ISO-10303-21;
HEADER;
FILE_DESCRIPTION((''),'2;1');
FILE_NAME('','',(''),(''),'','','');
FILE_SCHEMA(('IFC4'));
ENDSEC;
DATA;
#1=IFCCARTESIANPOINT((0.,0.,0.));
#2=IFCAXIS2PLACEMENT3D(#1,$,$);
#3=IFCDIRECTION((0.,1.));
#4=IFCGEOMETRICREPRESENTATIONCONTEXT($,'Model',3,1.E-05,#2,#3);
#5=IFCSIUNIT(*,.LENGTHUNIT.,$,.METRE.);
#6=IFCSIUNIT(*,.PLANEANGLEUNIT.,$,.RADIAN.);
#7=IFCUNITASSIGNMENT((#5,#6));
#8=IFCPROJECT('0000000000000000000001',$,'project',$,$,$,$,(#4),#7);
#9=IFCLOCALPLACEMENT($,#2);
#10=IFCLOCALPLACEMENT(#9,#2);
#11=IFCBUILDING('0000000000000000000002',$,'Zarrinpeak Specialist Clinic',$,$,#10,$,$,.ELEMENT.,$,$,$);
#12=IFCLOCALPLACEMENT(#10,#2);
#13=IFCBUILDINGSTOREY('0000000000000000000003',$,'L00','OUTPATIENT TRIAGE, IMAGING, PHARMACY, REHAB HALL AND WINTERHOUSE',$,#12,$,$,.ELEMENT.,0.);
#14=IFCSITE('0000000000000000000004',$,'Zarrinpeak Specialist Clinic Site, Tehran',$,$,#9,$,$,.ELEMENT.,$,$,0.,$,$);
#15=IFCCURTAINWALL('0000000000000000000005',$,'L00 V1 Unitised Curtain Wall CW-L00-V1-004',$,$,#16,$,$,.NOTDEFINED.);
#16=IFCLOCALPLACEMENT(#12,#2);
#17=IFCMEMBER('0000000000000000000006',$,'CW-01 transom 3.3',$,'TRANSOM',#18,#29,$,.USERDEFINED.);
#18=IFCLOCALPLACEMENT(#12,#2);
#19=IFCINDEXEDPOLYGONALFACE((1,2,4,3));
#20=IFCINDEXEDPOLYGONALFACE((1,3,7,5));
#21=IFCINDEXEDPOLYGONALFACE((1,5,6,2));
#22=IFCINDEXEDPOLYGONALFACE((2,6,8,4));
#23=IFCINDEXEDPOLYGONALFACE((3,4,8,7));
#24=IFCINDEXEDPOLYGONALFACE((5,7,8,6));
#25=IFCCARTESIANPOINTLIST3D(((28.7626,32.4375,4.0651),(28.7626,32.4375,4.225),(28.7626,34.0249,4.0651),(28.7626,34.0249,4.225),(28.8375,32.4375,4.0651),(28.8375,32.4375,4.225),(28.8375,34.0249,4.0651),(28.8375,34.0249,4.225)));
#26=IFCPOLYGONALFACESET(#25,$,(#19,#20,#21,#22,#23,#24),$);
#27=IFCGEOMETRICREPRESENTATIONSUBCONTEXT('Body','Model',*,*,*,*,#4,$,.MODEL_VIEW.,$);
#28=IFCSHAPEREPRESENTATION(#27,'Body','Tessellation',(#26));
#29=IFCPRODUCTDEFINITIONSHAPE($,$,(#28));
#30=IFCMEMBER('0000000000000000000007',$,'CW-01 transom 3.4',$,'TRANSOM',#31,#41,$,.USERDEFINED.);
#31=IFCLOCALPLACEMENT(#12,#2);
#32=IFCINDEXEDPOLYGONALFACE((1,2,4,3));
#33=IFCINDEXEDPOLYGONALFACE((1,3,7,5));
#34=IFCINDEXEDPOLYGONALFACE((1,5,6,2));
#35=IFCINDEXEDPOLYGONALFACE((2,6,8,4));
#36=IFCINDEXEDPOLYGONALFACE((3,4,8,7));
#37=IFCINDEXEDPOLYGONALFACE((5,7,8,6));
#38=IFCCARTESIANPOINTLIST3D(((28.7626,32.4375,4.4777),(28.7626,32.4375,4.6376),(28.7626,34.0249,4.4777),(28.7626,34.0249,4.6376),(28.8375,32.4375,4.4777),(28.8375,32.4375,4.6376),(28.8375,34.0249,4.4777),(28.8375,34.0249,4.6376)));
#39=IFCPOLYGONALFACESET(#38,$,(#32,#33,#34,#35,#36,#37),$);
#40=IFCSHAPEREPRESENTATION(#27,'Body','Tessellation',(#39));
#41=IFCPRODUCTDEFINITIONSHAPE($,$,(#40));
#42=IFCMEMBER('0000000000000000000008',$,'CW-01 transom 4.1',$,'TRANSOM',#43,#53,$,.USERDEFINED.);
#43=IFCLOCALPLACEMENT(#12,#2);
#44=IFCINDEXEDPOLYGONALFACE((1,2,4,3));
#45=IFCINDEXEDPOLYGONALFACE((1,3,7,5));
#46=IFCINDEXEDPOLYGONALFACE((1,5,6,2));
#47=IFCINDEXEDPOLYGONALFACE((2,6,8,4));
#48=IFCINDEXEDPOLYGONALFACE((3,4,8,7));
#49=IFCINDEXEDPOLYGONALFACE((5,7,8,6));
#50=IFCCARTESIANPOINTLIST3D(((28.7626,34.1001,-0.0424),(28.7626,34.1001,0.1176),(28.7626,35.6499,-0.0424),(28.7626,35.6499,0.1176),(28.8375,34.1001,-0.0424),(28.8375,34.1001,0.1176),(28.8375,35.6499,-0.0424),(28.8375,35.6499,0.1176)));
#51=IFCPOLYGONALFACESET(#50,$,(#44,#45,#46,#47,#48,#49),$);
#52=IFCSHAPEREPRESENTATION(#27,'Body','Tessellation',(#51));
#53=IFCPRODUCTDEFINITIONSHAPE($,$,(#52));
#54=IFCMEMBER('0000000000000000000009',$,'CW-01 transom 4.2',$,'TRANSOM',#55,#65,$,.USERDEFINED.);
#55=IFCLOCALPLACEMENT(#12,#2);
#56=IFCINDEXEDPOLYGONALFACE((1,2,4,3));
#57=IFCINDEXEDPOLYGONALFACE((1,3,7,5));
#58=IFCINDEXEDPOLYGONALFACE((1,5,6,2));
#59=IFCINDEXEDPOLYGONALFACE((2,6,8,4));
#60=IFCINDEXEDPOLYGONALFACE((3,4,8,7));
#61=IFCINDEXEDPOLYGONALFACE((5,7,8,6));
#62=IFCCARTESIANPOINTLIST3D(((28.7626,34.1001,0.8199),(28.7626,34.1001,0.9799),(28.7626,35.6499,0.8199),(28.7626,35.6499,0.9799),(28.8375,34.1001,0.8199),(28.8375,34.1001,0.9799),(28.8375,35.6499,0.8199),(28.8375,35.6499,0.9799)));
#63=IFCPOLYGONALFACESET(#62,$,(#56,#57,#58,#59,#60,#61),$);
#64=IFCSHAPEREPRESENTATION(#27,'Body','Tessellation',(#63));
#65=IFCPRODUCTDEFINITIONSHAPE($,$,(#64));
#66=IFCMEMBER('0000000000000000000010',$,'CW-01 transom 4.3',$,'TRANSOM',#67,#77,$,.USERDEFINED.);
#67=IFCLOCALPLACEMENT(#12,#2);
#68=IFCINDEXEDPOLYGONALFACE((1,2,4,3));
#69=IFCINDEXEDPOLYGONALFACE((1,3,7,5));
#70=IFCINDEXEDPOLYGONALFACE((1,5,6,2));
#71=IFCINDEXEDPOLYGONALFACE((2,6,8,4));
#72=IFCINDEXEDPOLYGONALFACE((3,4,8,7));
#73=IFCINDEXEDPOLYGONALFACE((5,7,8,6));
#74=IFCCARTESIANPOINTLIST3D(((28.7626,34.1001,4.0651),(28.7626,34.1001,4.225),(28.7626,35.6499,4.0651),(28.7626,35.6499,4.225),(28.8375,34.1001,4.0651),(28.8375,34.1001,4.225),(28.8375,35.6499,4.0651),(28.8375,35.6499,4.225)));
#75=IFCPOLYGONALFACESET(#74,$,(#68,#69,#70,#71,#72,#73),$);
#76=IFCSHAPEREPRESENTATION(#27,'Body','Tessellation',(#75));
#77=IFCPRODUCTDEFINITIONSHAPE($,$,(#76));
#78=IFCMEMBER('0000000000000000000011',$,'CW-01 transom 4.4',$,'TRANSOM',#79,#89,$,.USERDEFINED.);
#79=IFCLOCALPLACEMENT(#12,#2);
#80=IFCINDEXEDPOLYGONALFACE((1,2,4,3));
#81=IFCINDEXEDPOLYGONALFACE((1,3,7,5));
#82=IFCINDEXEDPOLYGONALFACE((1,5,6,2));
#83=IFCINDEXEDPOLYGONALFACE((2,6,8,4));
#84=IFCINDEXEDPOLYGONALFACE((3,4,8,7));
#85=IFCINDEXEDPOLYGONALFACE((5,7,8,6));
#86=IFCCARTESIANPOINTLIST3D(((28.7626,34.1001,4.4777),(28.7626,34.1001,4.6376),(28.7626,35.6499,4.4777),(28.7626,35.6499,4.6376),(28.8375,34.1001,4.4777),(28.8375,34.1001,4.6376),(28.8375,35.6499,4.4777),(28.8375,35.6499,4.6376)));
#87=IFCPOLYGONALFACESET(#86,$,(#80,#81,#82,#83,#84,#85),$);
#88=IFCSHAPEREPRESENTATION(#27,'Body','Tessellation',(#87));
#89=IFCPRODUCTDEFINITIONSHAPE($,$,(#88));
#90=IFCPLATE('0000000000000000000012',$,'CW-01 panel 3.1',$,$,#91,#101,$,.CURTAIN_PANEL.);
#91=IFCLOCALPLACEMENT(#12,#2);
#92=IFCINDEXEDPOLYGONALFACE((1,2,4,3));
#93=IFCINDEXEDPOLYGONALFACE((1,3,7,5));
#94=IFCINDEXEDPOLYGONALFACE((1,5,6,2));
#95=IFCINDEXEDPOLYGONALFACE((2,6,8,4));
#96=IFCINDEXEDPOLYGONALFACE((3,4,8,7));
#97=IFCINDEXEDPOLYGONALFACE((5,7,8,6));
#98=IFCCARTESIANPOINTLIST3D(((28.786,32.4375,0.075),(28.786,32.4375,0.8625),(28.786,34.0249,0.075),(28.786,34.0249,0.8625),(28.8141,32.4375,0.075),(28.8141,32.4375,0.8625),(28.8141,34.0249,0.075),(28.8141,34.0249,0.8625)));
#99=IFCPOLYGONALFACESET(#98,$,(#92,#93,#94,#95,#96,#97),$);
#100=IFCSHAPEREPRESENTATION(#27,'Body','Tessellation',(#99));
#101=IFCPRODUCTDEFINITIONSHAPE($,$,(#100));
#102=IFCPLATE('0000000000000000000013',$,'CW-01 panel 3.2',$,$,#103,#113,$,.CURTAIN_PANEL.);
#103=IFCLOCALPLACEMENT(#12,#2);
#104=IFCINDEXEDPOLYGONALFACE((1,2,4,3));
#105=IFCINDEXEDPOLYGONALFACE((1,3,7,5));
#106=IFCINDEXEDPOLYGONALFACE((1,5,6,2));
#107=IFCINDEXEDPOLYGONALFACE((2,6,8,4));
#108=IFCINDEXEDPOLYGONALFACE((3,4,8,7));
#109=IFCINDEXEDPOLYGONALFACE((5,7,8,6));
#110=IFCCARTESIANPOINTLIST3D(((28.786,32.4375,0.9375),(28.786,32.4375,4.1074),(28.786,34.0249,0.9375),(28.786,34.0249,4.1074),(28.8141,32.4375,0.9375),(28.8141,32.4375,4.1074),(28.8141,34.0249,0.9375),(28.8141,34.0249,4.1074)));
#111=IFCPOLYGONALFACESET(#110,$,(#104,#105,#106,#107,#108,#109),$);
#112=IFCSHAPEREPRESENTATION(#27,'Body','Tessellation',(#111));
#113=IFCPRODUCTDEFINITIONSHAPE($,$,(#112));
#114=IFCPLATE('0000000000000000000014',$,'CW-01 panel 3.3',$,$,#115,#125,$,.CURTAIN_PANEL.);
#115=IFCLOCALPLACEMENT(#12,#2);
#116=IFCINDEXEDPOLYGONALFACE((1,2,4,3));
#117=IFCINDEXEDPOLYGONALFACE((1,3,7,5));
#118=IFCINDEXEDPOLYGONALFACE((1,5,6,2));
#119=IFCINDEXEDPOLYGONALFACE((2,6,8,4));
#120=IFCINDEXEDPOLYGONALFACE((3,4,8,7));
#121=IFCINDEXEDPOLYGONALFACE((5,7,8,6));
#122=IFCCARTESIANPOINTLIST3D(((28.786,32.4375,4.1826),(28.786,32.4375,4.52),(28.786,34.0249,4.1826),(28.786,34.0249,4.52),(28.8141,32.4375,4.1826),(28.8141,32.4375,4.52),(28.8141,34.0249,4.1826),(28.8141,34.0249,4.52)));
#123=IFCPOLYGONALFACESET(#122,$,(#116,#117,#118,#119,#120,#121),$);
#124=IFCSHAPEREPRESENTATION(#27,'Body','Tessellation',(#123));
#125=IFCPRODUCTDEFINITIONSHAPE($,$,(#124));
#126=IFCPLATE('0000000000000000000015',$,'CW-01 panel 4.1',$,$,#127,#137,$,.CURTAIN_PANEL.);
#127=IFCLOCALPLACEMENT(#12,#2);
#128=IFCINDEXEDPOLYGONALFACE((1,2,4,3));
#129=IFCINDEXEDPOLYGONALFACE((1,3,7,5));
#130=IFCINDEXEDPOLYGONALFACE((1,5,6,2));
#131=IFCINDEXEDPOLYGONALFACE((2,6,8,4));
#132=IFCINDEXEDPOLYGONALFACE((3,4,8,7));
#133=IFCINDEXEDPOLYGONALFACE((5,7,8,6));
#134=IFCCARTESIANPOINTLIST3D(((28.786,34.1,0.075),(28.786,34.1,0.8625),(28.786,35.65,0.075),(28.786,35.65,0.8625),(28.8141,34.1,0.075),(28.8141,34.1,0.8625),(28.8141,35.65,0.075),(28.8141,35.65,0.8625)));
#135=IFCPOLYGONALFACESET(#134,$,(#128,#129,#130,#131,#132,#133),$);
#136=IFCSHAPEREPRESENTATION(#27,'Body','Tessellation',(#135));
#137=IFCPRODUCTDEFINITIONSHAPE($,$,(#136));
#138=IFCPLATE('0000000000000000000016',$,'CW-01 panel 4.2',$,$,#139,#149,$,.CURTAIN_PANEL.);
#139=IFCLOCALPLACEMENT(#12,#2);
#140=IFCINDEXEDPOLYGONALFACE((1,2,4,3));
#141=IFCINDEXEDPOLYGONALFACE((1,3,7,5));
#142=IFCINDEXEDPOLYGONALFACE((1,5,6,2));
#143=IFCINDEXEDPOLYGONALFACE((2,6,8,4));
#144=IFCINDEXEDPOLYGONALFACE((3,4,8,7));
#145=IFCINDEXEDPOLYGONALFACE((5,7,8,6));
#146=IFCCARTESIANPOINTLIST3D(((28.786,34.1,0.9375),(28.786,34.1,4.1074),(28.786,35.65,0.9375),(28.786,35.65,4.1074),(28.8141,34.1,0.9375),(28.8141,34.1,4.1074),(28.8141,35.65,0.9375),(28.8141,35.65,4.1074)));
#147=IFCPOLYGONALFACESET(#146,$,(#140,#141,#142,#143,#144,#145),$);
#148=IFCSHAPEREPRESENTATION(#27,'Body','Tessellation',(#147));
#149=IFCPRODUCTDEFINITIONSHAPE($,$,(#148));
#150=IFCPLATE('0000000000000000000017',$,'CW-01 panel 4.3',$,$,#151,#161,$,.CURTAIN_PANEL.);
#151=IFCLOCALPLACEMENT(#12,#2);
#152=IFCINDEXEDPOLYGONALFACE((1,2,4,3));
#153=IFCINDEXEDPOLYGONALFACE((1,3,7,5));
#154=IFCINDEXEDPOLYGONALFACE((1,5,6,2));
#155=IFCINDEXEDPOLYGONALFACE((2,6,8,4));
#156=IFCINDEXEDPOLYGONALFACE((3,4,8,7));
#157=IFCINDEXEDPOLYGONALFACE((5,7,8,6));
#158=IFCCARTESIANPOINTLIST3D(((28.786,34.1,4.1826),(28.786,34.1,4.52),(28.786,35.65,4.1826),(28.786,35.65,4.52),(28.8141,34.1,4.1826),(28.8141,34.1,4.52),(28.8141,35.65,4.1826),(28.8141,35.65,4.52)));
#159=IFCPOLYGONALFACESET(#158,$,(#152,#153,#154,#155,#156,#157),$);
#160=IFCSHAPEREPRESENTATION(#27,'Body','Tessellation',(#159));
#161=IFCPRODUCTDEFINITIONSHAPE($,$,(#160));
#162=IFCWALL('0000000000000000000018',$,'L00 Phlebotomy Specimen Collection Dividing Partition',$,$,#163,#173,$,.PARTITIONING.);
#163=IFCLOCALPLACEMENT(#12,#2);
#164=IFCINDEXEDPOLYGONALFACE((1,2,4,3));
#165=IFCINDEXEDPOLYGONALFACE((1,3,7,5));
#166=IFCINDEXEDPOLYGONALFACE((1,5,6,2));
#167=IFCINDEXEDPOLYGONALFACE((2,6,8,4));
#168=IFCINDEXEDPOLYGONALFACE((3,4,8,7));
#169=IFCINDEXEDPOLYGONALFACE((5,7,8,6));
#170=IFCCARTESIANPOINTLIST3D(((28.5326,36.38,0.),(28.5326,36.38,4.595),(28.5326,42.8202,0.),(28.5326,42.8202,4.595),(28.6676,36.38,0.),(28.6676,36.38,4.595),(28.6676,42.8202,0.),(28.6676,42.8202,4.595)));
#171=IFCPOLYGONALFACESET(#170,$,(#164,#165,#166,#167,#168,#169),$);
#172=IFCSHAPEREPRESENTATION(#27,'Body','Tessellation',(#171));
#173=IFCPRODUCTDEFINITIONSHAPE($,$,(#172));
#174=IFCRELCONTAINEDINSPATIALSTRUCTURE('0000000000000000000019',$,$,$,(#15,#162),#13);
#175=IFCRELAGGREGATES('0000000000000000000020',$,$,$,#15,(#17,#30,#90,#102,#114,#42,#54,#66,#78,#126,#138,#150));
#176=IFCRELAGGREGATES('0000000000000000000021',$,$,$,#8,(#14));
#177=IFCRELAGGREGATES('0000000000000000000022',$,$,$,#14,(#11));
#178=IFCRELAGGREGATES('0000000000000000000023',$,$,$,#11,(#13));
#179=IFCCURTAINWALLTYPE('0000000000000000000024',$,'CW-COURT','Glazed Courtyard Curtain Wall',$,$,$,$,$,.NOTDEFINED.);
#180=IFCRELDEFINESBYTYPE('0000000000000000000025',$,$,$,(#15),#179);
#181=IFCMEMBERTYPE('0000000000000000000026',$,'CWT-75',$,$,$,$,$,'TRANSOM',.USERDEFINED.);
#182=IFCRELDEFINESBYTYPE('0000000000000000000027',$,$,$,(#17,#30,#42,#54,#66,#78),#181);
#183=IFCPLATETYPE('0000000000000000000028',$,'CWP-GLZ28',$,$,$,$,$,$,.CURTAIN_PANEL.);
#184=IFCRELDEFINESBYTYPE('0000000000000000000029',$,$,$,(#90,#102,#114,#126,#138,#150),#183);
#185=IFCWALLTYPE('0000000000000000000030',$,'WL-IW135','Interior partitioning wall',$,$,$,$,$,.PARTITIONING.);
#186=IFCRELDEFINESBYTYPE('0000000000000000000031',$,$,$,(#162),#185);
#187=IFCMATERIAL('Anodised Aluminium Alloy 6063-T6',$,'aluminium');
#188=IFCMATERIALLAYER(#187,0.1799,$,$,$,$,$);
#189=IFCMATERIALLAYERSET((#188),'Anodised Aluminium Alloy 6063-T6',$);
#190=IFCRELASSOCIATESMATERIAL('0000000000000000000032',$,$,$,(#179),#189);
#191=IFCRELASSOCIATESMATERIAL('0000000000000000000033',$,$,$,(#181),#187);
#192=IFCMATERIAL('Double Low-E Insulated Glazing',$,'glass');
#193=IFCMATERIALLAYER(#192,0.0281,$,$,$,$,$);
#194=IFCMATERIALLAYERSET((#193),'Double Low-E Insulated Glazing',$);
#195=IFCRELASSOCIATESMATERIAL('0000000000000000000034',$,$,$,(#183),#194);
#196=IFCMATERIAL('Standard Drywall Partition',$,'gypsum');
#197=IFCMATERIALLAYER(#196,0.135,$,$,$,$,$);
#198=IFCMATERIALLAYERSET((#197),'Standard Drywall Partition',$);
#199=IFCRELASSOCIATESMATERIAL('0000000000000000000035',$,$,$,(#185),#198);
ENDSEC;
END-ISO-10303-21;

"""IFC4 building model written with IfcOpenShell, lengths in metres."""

from ifc_helpers import new_model, si_unit, direction, frame, frame_2d, origin, origin_2d, place, context, subcontext, project, spatial, rectangle, extrude, material, layer, layer_set, material_profile, profile_set, type_object, element, aggregate, save


model = new_model("IFC4")

# Units and contexts
model_context = context("Model", 3, precision=1e-05, world=origin(), true_north=direction((0.0, 1.0)))
body_context = subcontext(model_context, "Body", "Model", "MODEL_VIEW")
ifc_project = project(units=[si_unit("LENGTHUNIT", "METRE"), si_unit("PLANEANGLEUNIT", "RADIAN")], contexts=[model_context])

# Site, building, storey
site_placement = place(None, origin())
site = spatial("IfcSite", under=ifc_project, at=site_placement, Name="Zarrinpeak Specialist Clinic Site, Tehran", CompositionType="ELEMENT", RefElevation=0.0)
building_placement = place(site_placement, origin())
building = spatial("IfcBuilding", under=site, at=building_placement, Name="Zarrinpeak Specialist Clinic", CompositionType="ELEMENT")
storey_placement = place(building_placement, origin())
storey = spatial("IfcBuildingStorey", under=building, at=storey_placement, Name="L00", Description="OUTPATIENT TRIAGE, IMAGING, PHARMACY, REHAB HALL AND WINTERHOUSE", CompositionType="ELEMENT", Elevation=0.0)

# Curtain wall, members, plates
ifc_material_1 = material(Name="Anodised Aluminium Alloy 6063-T6", Category="aluminium")
ifc_layer_1 = layer(ifc_material_1, 0.1799)
ifc_layer_set_1 = layer_set([ifc_layer_1], Name="Anodised Aluminium Alloy 6063-T6")
curtain_wall_type = type_object("IfcCurtainWallType", Name="CW-COURT", Description="Glazed Courtyard Curtain Wall", PredefinedType="NOTDEFINED", material=ifc_layer_set_1)
curtain_wall_placement = place(storey_placement, origin())
curtain_wall = element("IfcCurtainWall", 1, at=curtain_wall_placement, inside=storey, type_object=curtain_wall_type, Name="L00 V1 Unitised Curtain Wall CW-L00-V1-004", PredefinedType="NOTDEFINED")
ifc_material_profile_1 = material_profile(ifc_material_1, rectangle(XDim=0.075, YDim=0.1599, at=origin_2d()), Name="ALU 75x160")
ifc_profile_set_1 = profile_set([ifc_material_profile_1], Name="Anodised Aluminium Alloy 6063-T6")
member_type_1 = type_object("IfcMemberType", Name="CWT-75", ElementType="TRANSOM", PredefinedType="USERDEFINED", material=ifc_profile_set_1)
member_1_placement = place(storey_placement, frame((28.8, 32.4375, 4.145), z_axis=(0.0, 1.0, 0.0), x_axis=(-1.0, 0.0, 0.0)))
member_1 = element("IfcMember", 2, at=member_1_placement, type_object=member_type_1, Name="CW-01 transom 3.3", ObjectType="TRANSOM", PredefinedType="USERDEFINED", context=body_context, shape_type="SweptSolid", body=[
    extrude(rectangle(XDim=0.075, YDim=0.1599, at=origin_2d()), origin(), (0.0, 0.0, 1.0), 1.5874),
])
member_2_placement = place(storey_placement, frame((28.8, 32.4375, 4.5576), z_axis=(0.0, 1.0, 0.0), x_axis=(-1.0, 0.0, 0.0)))
member_2 = element("IfcMember", 3, at=member_2_placement, type_object=member_type_1, Name="CW-01 transom 3.4", ObjectType="TRANSOM", PredefinedType="USERDEFINED", context=body_context, shape_type="SweptSolid", body=[
    extrude(rectangle(XDim=0.075, YDim=0.1599, at=origin_2d()), origin(), (0.0, 0.0, 1.0), 1.5874),
])
member_3_placement = place(storey_placement, frame((28.8, 34.1001, 0.0376), z_axis=(0.0, 1.0, 0.0), x_axis=(-1.0, 0.0, 0.0)))
member_3 = element("IfcMember", 4, at=member_3_placement, type_object=member_type_1, Name="CW-01 transom 4.1", ObjectType="TRANSOM", PredefinedType="USERDEFINED", context=body_context, shape_type="SweptSolid", body=[
    extrude(rectangle(XDim=0.075, YDim=0.1599, at=origin_2d()), origin(), (0.0, 0.0, 1.0), 1.5498),
])
member_4_placement = place(storey_placement, frame((28.8, 34.1001, 0.8999), z_axis=(0.0, 1.0, 0.0), x_axis=(-1.0, 0.0, 0.0)))
member_4 = element("IfcMember", 5, at=member_4_placement, type_object=member_type_1, Name="CW-01 transom 4.2", ObjectType="TRANSOM", PredefinedType="USERDEFINED", context=body_context, shape_type="SweptSolid", body=[
    extrude(rectangle(XDim=0.075, YDim=0.1599, at=origin_2d()), origin(), (0.0, 0.0, 1.0), 1.5498),
])
member_5_placement = place(storey_placement, frame((28.8, 34.1001, 4.145), z_axis=(0.0, 1.0, 0.0), x_axis=(-1.0, 0.0, 0.0)))
member_5 = element("IfcMember", 6, at=member_5_placement, type_object=member_type_1, Name="CW-01 transom 4.3", ObjectType="TRANSOM", PredefinedType="USERDEFINED", context=body_context, shape_type="SweptSolid", body=[
    extrude(rectangle(XDim=0.075, YDim=0.1599, at=origin_2d()), origin(), (0.0, 0.0, 1.0), 1.5498),
])
member_6_placement = place(storey_placement, frame((28.8, 34.1001, 4.5576), z_axis=(0.0, 1.0, 0.0), x_axis=(-1.0, 0.0, 0.0)))
member_6 = element("IfcMember", 7, at=member_6_placement, type_object=member_type_1, Name="CW-01 transom 4.4", ObjectType="TRANSOM", PredefinedType="USERDEFINED", context=body_context, shape_type="SweptSolid", body=[
    extrude(rectangle(XDim=0.075, YDim=0.1599, at=origin_2d()), origin(), (0.0, 0.0, 1.0), 1.5498),
])
ifc_material_2 = material(Name="Double Low-E Insulated Glazing", Category="glass")
ifc_layer_2 = layer(ifc_material_2, 0.0281)
ifc_layer_set_2 = layer_set([ifc_layer_2], Name="Double Low-E Insulated Glazing")
plate_type = type_object("IfcPlateType", Name="CWP-GLZ28", PredefinedType="CURTAIN_PANEL", material=ifc_layer_set_2)
plate_1_placement = place(storey_placement, frame((28.8, 33.2312, 0.075), z_axis=(0.0, 0.0, 1.0), x_axis=(0.0, 1.0, 0.0)))
plate_1 = element("IfcPlate", 8, at=plate_1_placement, type_object=plate_type, Name="CW-01 panel 3.1", PredefinedType="CURTAIN_PANEL", context=body_context, shape_type="SweptSolid", body=[
    extrude(rectangle(XDim=1.5874, YDim=0.0281, at=origin_2d()), origin(), (0.0, 0.0, 1.0), 0.7876),
])
plate_2_placement = place(storey_placement, frame((28.8, 33.2312, 0.9375), z_axis=(0.0, 0.0, 1.0), x_axis=(0.0, 1.0, 0.0)))
plate_2 = element("IfcPlate", 9, at=plate_2_placement, type_object=plate_type, Name="CW-01 panel 3.2", PredefinedType="CURTAIN_PANEL", context=body_context, shape_type="SweptSolid", body=[
    extrude(rectangle(XDim=1.5874, YDim=0.0281, at=origin_2d()), origin(), (0.0, 0.0, 1.0), 3.1699),
])
plate_3_placement = place(storey_placement, frame((28.8, 33.2312, 4.1826), z_axis=(0.0, 0.0, 1.0), x_axis=(0.0, 1.0, 0.0)))
plate_3 = element("IfcPlate", 10, at=plate_3_placement, type_object=plate_type, Name="CW-01 panel 3.3", PredefinedType="CURTAIN_PANEL", context=body_context, shape_type="SweptSolid", body=[
    extrude(rectangle(XDim=1.5874, YDim=0.0281, at=origin_2d()), origin(), (0.0, 0.0, 1.0), 0.3374),
])
plate_4_placement = place(storey_placement, frame((28.8, 34.875, 0.075), z_axis=(0.0, 0.0, 1.0), x_axis=(0.0, 1.0, 0.0)))
plate_4 = element("IfcPlate", 11, at=plate_4_placement, type_object=plate_type, Name="CW-01 panel 4.1", PredefinedType="CURTAIN_PANEL", context=body_context, shape_type="SweptSolid", body=[
    extrude(rectangle(XDim=1.55, YDim=0.0281, at=origin_2d()), origin(), (0.0, 0.0, 1.0), 0.7876),
])
plate_5_placement = place(storey_placement, frame((28.8, 34.875, 0.9375), z_axis=(0.0, 0.0, 1.0), x_axis=(0.0, 1.0, 0.0)))
plate_5 = element("IfcPlate", 12, at=plate_5_placement, type_object=plate_type, Name="CW-01 panel 4.2", PredefinedType="CURTAIN_PANEL", context=body_context, shape_type="SweptSolid", body=[
    extrude(rectangle(XDim=1.55, YDim=0.0281, at=origin_2d()), origin(), (0.0, 0.0, 1.0), 3.1699),
])
plate_6_placement = place(storey_placement, frame((28.8, 34.875, 4.1826), z_axis=(0.0, 0.0, 1.0), x_axis=(0.0, 1.0, 0.0)))
plate_6 = element("IfcPlate", 13, at=plate_6_placement, type_object=plate_type, Name="CW-01 panel 4.3", PredefinedType="CURTAIN_PANEL", context=body_context, shape_type="SweptSolid", body=[
    extrude(rectangle(XDim=1.55, YDim=0.0281, at=origin_2d()), origin(), (0.0, 0.0, 1.0), 0.3374),
])
aggregate(curtain_wall, [member_1, member_2, plate_1, plate_2, plate_3, member_3, member_4, member_5, member_6, plate_4, plate_5, plate_6])

# Wall
ifc_material_3 = material(Name="Standard Drywall Partition", Category="gypsum")
ifc_layer_3 = layer(ifc_material_3, 0.135)
ifc_layer_set_3 = layer_set([ifc_layer_3], Name="Standard Drywall Partition")
wall_type = type_object("IfcWallType", Name="WL-IW135", Description="Interior partitioning wall", PredefinedType="PARTITIONING", material=ifc_layer_set_3)
wall_placement = place(storey_placement, frame((28.6001, 36.3799, 0.0), z_axis=(0.0, 0.0, 1.0), x_axis=(0.0, 1.0, 0.0)))
element("IfcWall", 14, at=wall_placement, inside=storey, type_object=wall_type, Name="L00 Phlebotomy Specimen Collection Dividing Partition", PredefinedType="PARTITIONING", context=body_context, shape_type="SweptSolid", body=[
    extrude(rectangle(XDim=6.4402, YDim=0.135, at=frame_2d((3.2202, 0.0))), origin(), (0.0, 0.0, 1.0), 4.595),
])

save(model, "model.ifc")
